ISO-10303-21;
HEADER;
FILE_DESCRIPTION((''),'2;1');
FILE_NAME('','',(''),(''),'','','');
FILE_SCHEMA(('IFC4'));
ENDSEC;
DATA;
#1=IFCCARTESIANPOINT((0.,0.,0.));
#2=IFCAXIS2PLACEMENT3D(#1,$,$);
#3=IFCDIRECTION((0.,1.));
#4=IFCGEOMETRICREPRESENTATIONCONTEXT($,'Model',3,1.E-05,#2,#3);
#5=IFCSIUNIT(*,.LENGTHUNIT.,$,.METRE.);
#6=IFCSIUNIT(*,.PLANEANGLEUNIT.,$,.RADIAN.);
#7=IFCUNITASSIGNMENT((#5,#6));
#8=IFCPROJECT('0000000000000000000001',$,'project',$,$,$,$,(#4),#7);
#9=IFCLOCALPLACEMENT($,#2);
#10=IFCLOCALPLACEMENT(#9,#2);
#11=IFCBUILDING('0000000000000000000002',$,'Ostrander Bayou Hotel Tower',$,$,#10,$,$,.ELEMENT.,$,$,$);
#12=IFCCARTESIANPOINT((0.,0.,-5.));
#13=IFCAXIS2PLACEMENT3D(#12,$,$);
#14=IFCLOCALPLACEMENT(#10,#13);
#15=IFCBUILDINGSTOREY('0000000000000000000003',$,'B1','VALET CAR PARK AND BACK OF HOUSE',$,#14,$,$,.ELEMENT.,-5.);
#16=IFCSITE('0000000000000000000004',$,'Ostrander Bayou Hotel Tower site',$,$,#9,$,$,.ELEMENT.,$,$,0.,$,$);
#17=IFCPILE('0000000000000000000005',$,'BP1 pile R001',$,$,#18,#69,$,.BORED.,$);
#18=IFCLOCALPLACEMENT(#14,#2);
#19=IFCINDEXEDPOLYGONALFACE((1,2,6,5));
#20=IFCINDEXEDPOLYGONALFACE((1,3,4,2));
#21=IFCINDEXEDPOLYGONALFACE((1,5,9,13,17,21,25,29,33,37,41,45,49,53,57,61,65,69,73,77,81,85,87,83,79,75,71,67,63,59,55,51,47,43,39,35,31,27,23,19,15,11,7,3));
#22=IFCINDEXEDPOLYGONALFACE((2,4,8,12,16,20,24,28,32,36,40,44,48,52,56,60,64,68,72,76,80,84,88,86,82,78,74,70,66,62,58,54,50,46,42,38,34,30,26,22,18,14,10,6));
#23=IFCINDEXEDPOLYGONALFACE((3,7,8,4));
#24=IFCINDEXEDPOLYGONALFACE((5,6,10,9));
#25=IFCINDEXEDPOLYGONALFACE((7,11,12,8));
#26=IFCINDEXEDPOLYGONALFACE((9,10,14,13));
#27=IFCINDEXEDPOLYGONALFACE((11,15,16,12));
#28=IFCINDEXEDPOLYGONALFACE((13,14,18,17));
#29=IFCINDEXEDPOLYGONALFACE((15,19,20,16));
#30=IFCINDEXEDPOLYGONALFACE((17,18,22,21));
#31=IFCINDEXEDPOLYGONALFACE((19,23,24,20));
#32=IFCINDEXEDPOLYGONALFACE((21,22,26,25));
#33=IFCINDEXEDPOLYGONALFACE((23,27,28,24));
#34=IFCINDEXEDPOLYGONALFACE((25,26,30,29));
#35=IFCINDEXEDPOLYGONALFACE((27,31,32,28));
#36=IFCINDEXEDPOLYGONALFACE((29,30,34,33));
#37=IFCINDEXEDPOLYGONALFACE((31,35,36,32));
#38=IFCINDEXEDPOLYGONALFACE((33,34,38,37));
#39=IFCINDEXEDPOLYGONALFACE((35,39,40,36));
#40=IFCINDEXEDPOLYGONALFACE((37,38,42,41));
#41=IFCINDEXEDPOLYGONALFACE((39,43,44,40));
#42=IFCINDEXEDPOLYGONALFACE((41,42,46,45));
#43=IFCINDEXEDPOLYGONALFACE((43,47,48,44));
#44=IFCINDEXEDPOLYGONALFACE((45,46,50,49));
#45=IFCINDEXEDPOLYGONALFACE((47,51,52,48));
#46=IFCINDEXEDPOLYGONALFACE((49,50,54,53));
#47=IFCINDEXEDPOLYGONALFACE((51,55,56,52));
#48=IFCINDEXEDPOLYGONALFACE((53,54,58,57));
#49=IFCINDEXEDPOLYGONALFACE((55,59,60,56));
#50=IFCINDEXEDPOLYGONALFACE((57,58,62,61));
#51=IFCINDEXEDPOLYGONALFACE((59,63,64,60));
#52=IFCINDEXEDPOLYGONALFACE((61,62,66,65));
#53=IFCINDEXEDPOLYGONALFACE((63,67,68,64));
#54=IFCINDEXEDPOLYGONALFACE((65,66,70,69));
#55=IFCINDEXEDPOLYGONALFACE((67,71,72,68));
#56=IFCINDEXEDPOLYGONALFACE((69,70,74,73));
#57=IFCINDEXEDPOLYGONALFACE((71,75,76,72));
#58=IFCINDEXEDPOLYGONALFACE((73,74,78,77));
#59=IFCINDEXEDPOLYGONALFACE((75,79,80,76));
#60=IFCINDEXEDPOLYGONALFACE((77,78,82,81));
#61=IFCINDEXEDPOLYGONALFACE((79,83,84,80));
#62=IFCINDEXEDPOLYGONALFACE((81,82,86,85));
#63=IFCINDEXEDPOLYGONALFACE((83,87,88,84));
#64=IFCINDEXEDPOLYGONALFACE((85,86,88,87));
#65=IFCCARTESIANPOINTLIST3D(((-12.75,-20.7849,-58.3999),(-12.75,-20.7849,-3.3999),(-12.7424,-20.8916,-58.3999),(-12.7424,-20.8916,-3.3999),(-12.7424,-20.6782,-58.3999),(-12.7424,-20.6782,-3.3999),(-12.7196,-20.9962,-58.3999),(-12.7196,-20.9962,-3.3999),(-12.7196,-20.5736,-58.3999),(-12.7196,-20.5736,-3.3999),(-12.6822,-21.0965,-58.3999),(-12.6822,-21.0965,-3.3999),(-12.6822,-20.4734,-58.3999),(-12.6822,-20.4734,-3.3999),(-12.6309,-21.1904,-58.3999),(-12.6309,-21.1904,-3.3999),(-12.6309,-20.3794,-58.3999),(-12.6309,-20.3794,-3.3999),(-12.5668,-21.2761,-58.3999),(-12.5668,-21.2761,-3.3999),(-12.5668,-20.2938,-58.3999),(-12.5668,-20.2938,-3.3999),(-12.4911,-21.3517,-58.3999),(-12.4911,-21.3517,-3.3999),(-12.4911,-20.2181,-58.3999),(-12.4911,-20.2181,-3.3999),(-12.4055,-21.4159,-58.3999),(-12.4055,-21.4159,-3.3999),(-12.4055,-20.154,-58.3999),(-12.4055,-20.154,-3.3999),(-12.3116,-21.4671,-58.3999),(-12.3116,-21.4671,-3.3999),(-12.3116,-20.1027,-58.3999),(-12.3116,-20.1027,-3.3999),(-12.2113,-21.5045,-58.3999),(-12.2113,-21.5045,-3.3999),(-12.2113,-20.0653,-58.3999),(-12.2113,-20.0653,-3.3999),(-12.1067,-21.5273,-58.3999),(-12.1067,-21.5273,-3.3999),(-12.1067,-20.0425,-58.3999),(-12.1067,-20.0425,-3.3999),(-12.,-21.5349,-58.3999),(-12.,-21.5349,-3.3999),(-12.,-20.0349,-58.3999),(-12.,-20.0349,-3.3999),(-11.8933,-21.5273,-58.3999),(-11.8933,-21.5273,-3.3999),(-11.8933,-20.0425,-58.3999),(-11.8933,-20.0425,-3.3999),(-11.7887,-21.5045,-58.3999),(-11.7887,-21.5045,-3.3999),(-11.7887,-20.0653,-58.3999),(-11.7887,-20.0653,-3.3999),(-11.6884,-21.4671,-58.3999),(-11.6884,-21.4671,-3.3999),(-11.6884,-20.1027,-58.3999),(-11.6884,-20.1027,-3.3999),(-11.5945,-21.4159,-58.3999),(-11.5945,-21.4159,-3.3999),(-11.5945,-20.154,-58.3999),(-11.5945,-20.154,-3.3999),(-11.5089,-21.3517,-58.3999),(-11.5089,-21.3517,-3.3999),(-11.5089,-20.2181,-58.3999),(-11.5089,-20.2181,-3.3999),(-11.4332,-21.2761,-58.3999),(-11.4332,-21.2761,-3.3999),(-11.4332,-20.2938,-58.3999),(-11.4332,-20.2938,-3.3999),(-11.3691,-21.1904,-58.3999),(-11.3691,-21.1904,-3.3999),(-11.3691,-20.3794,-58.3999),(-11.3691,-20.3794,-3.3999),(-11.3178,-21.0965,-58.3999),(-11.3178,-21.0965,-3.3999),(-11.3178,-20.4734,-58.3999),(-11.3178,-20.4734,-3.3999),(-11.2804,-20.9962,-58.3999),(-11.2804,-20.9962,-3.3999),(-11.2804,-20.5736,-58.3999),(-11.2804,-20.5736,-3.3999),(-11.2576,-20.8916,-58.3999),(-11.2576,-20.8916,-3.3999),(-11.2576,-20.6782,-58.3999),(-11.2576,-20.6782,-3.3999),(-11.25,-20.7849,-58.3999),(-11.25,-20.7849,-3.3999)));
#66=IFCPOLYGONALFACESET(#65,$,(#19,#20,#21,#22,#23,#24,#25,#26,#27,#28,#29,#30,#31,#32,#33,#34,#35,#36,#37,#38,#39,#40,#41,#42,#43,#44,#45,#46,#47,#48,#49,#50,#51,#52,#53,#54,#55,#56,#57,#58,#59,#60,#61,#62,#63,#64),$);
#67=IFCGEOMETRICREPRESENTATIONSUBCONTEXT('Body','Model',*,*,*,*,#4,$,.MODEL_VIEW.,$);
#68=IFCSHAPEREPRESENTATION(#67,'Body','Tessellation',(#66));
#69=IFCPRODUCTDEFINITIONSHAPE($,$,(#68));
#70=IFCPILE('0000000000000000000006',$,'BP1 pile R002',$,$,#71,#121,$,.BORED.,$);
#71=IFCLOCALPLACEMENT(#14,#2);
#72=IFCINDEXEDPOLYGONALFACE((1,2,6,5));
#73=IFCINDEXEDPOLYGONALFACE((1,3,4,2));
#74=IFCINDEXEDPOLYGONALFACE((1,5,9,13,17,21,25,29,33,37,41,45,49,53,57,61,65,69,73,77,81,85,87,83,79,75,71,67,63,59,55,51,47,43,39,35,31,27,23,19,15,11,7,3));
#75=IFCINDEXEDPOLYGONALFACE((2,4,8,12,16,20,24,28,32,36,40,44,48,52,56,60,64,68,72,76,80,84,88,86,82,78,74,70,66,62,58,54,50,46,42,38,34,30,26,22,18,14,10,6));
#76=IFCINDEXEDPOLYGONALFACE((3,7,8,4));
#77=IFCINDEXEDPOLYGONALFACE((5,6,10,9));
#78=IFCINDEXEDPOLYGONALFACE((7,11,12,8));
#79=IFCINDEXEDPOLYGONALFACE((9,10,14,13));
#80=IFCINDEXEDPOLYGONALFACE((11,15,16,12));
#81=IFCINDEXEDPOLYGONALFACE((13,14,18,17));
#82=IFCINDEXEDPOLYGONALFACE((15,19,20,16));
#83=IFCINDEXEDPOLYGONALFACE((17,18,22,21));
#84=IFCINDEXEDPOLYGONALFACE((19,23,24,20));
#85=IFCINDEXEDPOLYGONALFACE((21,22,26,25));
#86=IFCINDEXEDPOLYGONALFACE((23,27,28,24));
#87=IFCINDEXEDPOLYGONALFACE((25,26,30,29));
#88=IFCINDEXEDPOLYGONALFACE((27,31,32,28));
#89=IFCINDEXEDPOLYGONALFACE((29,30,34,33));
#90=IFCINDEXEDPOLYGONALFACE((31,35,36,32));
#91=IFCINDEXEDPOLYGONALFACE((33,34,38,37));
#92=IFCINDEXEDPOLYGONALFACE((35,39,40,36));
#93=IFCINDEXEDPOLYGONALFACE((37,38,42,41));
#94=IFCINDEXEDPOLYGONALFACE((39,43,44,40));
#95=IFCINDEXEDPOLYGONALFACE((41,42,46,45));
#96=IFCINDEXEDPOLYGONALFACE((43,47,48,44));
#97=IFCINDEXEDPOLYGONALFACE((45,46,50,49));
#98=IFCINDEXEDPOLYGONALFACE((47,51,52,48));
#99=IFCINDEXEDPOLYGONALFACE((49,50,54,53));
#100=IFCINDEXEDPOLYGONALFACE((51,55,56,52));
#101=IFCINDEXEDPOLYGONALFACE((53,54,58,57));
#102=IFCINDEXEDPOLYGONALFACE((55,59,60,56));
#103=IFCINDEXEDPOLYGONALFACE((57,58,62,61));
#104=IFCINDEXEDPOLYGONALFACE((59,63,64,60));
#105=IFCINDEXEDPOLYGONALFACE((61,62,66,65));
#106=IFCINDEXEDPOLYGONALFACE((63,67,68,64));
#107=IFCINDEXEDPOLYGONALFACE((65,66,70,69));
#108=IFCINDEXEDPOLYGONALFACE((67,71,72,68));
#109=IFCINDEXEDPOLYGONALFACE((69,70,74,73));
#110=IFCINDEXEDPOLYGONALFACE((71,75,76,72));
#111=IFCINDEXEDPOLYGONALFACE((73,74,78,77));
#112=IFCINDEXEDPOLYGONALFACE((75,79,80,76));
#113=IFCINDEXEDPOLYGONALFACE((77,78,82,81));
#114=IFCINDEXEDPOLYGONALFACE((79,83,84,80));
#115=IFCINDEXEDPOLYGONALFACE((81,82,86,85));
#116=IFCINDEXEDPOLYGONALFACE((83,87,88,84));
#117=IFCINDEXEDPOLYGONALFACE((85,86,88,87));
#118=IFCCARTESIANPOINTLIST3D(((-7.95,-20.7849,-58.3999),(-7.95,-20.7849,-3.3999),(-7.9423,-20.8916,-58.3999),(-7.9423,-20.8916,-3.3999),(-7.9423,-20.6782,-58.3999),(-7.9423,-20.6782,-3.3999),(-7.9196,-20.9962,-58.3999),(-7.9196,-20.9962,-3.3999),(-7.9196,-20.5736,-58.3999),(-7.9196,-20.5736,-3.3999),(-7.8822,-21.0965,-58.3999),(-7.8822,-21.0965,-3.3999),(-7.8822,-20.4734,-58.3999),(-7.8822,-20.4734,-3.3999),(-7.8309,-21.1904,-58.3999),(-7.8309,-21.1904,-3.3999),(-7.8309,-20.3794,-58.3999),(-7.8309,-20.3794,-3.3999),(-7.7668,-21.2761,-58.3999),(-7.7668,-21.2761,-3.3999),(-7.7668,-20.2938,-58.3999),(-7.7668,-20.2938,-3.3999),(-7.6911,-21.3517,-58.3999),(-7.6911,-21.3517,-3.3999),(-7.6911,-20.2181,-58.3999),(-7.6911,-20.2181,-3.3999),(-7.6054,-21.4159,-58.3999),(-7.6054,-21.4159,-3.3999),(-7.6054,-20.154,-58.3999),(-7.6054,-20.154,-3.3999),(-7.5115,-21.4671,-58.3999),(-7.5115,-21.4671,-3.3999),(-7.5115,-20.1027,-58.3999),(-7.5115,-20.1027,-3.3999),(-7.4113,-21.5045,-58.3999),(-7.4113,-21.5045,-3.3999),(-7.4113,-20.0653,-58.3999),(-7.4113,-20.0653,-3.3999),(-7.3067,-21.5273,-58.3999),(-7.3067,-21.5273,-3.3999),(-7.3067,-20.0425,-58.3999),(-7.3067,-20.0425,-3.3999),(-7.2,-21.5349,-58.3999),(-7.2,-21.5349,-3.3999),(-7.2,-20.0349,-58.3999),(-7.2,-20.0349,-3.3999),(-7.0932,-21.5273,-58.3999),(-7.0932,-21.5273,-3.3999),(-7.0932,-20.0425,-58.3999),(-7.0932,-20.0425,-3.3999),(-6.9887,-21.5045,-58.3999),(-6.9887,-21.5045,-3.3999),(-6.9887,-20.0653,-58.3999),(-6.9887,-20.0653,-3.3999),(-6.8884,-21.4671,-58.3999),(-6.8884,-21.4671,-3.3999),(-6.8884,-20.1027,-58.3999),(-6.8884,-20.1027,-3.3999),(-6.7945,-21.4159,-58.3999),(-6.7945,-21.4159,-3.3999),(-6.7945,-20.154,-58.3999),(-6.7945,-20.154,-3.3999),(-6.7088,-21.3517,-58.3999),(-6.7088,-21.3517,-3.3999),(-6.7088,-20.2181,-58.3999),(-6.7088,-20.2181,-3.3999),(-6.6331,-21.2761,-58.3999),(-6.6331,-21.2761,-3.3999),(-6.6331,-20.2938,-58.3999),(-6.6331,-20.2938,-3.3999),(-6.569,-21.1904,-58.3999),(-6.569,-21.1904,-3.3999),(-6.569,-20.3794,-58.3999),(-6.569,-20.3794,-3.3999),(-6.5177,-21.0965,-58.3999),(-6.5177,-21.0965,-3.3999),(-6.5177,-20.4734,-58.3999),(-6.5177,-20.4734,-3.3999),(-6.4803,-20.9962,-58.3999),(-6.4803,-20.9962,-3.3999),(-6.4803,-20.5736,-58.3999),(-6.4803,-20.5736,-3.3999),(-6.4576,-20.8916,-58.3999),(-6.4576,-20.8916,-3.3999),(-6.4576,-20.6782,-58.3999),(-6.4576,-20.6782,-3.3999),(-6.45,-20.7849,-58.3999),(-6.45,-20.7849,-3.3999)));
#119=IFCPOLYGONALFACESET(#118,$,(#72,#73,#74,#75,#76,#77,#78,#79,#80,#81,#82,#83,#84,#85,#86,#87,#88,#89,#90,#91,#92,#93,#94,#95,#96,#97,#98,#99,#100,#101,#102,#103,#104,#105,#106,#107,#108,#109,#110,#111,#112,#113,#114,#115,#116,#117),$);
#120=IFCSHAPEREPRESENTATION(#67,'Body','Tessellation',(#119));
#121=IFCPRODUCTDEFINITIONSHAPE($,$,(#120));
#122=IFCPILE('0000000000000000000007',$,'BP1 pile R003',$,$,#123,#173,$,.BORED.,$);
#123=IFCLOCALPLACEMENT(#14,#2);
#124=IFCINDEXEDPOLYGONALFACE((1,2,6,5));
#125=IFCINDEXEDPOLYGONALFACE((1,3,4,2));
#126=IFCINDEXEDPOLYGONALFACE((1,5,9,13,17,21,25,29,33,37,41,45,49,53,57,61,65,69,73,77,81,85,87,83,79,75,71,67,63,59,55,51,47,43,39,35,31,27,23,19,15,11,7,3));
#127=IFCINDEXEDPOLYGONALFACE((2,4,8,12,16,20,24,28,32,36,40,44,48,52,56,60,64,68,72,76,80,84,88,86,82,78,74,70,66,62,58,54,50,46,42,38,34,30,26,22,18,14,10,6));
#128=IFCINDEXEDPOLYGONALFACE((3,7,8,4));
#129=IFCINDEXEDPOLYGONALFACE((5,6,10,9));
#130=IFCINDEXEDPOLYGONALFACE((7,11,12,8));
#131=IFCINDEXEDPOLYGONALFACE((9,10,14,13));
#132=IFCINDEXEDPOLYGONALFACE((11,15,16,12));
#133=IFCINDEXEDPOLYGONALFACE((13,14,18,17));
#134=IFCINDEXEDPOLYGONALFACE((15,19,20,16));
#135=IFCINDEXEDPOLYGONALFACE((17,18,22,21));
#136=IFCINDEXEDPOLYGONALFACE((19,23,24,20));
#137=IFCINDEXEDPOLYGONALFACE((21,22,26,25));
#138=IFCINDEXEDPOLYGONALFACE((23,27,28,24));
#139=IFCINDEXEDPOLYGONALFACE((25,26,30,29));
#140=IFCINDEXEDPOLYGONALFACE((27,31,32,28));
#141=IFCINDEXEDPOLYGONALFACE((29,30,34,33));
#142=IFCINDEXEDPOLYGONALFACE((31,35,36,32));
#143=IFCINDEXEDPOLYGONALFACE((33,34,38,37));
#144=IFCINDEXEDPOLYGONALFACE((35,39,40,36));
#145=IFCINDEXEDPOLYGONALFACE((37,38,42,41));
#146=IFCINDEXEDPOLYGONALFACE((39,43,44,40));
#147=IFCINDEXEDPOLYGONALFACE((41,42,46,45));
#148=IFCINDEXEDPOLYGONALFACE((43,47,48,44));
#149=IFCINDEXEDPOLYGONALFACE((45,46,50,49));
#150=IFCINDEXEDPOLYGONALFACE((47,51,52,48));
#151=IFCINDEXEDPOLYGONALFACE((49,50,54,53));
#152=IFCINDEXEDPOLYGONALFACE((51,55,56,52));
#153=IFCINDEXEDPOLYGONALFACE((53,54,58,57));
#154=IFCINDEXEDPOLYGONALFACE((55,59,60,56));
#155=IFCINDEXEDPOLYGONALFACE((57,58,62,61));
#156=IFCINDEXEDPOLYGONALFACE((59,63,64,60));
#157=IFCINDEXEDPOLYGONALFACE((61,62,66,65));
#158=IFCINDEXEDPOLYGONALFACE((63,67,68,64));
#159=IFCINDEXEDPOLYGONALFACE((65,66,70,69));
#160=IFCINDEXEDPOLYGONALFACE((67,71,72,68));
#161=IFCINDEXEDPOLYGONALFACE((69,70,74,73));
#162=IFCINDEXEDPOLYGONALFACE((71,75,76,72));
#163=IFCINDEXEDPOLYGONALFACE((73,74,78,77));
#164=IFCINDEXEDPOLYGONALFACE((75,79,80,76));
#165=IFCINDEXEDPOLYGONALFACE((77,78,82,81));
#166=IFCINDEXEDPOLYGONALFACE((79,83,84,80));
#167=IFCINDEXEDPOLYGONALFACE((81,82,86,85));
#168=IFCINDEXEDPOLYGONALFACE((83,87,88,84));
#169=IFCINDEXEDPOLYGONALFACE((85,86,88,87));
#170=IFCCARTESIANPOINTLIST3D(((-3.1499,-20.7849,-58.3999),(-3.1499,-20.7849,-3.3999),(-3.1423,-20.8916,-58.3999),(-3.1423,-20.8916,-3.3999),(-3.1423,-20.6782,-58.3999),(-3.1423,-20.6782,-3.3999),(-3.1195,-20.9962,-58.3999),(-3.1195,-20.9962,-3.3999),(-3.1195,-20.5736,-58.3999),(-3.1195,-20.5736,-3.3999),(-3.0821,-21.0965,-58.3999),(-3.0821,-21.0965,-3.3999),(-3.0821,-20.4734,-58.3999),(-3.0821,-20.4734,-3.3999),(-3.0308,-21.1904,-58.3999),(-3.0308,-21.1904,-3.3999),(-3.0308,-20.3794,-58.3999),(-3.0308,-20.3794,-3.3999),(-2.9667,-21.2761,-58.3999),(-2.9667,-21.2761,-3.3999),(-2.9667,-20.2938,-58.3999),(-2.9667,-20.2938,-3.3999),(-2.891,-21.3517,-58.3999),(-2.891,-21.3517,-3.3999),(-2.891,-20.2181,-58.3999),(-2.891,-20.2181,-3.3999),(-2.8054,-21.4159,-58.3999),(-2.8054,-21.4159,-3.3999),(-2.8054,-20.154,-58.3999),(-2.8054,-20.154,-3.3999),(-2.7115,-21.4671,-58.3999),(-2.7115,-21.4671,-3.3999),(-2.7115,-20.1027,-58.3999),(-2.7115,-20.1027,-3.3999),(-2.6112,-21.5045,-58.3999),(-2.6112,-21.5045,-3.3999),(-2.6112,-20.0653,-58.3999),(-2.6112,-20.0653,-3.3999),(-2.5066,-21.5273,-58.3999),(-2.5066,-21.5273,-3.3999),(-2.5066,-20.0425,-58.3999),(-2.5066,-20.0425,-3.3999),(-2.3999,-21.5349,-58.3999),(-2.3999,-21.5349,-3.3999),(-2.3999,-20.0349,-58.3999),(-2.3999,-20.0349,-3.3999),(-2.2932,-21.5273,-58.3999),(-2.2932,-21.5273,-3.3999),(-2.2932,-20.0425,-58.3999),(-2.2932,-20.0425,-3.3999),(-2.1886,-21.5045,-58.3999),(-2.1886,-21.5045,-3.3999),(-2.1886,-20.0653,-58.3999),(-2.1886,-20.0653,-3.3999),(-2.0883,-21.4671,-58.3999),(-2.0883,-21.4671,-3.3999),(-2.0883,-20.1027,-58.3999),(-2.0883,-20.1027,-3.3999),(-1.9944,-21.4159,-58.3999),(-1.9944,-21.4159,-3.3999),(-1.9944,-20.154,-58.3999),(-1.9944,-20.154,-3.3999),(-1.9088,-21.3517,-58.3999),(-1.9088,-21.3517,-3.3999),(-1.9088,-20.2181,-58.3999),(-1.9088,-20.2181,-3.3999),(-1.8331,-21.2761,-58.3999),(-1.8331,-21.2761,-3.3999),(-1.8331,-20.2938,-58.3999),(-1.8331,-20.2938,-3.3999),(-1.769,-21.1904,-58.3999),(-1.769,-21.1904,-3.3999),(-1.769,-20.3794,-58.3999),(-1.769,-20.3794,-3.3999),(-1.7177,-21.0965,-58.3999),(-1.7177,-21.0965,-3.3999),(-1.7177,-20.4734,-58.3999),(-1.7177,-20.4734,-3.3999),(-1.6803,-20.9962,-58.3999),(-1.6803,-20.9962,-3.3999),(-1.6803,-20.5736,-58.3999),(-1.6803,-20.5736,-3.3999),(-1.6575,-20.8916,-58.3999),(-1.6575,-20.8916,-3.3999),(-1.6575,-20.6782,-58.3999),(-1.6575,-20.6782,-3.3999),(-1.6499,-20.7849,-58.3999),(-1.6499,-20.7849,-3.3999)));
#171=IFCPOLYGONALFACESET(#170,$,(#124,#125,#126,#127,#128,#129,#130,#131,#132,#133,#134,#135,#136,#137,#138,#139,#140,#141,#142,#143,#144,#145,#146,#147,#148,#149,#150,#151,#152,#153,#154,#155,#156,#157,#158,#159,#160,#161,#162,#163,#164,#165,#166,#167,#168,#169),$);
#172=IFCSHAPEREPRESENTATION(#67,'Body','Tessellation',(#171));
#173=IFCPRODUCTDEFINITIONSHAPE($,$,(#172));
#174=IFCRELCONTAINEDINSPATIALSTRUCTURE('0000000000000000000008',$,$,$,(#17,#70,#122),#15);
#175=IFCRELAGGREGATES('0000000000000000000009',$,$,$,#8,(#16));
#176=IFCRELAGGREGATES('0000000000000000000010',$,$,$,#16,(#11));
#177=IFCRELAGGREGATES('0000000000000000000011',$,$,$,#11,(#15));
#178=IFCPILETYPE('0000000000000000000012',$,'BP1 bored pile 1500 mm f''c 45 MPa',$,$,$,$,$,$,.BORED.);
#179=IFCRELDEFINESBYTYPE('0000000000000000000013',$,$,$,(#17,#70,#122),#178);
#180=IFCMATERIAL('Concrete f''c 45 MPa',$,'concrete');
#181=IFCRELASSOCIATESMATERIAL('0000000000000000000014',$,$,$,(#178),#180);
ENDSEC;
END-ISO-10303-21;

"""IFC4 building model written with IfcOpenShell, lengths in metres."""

from ifc_helpers import new_model, si_unit, direction, frame, origin, origin_2d, place, context, subcontext, project, spatial, circle, extrude, material, material_profile, profile_set, type_object, element, save


model = new_model("IFC4")

# Units and contexts
model_context = context("Model", 3, precision=1e-05, world=origin(), true_north=direction((0.0, 1.0)))
body_context = subcontext(model_context, "Body", "Model", "MODEL_VIEW")
ifc_project = project(units=[si_unit("LENGTHUNIT", "METRE"), si_unit("PLANEANGLEUNIT", "RADIAN")], contexts=[model_context])

# Site, building, storey
site_placement = place(None, origin())
site = spatial("IfcSite", under=ifc_project, at=site_placement, Name="Ostrander Bayou Hotel Tower site", CompositionType="ELEMENT", RefElevation=0.0)
building_placement = place(site_placement, origin())
building = spatial("IfcBuilding", under=site, at=building_placement, Name="Ostrander Bayou Hotel Tower", CompositionType="ELEMENT")
storey_placement = place(building_placement, frame((0.0, 0.0, -5.0)))
storey = spatial("IfcBuildingStorey", under=building, at=storey_placement, Name="B1", Description="VALET CAR PARK AND BACK OF HOUSE", CompositionType="ELEMENT", Elevation=-5.0)

# Piles
ifc_material_1 = material(Name="Concrete f'c 45 MPa", Category="concrete")
ifc_material_profile_1 = material_profile(ifc_material_1, circle(Radius=0.75, at=origin_2d()))
ifc_profile_set_1 = profile_set([ifc_material_profile_1], Name="Concrete f'c 45 MPa")
pile_type_1 = type_object("IfcPileType", Name="BP1 bored pile 1500 mm f'c 45 MPa", PredefinedType="BORED", material=ifc_profile_set_1)
for number, where, z_axis, x_axis, name in (
    (1, (-12.0, -20.7849, -3.3999), (0.0, 0.0, -1.0), (1.0, 0.0, 0.0), "BP1 pile R001"),
    (2, (-7.2, -20.7849, -3.3999), (0.0, 0.0, -1.0), (1.0, 0.0, 0.0), "BP1 pile R002"),
    (3, (-2.3999, -20.7849, -3.3999), (0.0, 0.0, -1.0), (1.0, 0.0, 0.0), "BP1 pile R003"),
):
    element("IfcPile", number, at=place(storey_placement, frame(where, z_axis=z_axis, x_axis=x_axis)), inside=storey, type_object=pile_type_1, Name=name, PredefinedType="BORED", context=body_context, shape_type="SweptSolid", body=[
        extrude(circle(Radius=0.75, at=origin_2d()), origin(), (0.0, 0.0, 1.0), 55.0),
    ])

save(model, "model.ifc")
